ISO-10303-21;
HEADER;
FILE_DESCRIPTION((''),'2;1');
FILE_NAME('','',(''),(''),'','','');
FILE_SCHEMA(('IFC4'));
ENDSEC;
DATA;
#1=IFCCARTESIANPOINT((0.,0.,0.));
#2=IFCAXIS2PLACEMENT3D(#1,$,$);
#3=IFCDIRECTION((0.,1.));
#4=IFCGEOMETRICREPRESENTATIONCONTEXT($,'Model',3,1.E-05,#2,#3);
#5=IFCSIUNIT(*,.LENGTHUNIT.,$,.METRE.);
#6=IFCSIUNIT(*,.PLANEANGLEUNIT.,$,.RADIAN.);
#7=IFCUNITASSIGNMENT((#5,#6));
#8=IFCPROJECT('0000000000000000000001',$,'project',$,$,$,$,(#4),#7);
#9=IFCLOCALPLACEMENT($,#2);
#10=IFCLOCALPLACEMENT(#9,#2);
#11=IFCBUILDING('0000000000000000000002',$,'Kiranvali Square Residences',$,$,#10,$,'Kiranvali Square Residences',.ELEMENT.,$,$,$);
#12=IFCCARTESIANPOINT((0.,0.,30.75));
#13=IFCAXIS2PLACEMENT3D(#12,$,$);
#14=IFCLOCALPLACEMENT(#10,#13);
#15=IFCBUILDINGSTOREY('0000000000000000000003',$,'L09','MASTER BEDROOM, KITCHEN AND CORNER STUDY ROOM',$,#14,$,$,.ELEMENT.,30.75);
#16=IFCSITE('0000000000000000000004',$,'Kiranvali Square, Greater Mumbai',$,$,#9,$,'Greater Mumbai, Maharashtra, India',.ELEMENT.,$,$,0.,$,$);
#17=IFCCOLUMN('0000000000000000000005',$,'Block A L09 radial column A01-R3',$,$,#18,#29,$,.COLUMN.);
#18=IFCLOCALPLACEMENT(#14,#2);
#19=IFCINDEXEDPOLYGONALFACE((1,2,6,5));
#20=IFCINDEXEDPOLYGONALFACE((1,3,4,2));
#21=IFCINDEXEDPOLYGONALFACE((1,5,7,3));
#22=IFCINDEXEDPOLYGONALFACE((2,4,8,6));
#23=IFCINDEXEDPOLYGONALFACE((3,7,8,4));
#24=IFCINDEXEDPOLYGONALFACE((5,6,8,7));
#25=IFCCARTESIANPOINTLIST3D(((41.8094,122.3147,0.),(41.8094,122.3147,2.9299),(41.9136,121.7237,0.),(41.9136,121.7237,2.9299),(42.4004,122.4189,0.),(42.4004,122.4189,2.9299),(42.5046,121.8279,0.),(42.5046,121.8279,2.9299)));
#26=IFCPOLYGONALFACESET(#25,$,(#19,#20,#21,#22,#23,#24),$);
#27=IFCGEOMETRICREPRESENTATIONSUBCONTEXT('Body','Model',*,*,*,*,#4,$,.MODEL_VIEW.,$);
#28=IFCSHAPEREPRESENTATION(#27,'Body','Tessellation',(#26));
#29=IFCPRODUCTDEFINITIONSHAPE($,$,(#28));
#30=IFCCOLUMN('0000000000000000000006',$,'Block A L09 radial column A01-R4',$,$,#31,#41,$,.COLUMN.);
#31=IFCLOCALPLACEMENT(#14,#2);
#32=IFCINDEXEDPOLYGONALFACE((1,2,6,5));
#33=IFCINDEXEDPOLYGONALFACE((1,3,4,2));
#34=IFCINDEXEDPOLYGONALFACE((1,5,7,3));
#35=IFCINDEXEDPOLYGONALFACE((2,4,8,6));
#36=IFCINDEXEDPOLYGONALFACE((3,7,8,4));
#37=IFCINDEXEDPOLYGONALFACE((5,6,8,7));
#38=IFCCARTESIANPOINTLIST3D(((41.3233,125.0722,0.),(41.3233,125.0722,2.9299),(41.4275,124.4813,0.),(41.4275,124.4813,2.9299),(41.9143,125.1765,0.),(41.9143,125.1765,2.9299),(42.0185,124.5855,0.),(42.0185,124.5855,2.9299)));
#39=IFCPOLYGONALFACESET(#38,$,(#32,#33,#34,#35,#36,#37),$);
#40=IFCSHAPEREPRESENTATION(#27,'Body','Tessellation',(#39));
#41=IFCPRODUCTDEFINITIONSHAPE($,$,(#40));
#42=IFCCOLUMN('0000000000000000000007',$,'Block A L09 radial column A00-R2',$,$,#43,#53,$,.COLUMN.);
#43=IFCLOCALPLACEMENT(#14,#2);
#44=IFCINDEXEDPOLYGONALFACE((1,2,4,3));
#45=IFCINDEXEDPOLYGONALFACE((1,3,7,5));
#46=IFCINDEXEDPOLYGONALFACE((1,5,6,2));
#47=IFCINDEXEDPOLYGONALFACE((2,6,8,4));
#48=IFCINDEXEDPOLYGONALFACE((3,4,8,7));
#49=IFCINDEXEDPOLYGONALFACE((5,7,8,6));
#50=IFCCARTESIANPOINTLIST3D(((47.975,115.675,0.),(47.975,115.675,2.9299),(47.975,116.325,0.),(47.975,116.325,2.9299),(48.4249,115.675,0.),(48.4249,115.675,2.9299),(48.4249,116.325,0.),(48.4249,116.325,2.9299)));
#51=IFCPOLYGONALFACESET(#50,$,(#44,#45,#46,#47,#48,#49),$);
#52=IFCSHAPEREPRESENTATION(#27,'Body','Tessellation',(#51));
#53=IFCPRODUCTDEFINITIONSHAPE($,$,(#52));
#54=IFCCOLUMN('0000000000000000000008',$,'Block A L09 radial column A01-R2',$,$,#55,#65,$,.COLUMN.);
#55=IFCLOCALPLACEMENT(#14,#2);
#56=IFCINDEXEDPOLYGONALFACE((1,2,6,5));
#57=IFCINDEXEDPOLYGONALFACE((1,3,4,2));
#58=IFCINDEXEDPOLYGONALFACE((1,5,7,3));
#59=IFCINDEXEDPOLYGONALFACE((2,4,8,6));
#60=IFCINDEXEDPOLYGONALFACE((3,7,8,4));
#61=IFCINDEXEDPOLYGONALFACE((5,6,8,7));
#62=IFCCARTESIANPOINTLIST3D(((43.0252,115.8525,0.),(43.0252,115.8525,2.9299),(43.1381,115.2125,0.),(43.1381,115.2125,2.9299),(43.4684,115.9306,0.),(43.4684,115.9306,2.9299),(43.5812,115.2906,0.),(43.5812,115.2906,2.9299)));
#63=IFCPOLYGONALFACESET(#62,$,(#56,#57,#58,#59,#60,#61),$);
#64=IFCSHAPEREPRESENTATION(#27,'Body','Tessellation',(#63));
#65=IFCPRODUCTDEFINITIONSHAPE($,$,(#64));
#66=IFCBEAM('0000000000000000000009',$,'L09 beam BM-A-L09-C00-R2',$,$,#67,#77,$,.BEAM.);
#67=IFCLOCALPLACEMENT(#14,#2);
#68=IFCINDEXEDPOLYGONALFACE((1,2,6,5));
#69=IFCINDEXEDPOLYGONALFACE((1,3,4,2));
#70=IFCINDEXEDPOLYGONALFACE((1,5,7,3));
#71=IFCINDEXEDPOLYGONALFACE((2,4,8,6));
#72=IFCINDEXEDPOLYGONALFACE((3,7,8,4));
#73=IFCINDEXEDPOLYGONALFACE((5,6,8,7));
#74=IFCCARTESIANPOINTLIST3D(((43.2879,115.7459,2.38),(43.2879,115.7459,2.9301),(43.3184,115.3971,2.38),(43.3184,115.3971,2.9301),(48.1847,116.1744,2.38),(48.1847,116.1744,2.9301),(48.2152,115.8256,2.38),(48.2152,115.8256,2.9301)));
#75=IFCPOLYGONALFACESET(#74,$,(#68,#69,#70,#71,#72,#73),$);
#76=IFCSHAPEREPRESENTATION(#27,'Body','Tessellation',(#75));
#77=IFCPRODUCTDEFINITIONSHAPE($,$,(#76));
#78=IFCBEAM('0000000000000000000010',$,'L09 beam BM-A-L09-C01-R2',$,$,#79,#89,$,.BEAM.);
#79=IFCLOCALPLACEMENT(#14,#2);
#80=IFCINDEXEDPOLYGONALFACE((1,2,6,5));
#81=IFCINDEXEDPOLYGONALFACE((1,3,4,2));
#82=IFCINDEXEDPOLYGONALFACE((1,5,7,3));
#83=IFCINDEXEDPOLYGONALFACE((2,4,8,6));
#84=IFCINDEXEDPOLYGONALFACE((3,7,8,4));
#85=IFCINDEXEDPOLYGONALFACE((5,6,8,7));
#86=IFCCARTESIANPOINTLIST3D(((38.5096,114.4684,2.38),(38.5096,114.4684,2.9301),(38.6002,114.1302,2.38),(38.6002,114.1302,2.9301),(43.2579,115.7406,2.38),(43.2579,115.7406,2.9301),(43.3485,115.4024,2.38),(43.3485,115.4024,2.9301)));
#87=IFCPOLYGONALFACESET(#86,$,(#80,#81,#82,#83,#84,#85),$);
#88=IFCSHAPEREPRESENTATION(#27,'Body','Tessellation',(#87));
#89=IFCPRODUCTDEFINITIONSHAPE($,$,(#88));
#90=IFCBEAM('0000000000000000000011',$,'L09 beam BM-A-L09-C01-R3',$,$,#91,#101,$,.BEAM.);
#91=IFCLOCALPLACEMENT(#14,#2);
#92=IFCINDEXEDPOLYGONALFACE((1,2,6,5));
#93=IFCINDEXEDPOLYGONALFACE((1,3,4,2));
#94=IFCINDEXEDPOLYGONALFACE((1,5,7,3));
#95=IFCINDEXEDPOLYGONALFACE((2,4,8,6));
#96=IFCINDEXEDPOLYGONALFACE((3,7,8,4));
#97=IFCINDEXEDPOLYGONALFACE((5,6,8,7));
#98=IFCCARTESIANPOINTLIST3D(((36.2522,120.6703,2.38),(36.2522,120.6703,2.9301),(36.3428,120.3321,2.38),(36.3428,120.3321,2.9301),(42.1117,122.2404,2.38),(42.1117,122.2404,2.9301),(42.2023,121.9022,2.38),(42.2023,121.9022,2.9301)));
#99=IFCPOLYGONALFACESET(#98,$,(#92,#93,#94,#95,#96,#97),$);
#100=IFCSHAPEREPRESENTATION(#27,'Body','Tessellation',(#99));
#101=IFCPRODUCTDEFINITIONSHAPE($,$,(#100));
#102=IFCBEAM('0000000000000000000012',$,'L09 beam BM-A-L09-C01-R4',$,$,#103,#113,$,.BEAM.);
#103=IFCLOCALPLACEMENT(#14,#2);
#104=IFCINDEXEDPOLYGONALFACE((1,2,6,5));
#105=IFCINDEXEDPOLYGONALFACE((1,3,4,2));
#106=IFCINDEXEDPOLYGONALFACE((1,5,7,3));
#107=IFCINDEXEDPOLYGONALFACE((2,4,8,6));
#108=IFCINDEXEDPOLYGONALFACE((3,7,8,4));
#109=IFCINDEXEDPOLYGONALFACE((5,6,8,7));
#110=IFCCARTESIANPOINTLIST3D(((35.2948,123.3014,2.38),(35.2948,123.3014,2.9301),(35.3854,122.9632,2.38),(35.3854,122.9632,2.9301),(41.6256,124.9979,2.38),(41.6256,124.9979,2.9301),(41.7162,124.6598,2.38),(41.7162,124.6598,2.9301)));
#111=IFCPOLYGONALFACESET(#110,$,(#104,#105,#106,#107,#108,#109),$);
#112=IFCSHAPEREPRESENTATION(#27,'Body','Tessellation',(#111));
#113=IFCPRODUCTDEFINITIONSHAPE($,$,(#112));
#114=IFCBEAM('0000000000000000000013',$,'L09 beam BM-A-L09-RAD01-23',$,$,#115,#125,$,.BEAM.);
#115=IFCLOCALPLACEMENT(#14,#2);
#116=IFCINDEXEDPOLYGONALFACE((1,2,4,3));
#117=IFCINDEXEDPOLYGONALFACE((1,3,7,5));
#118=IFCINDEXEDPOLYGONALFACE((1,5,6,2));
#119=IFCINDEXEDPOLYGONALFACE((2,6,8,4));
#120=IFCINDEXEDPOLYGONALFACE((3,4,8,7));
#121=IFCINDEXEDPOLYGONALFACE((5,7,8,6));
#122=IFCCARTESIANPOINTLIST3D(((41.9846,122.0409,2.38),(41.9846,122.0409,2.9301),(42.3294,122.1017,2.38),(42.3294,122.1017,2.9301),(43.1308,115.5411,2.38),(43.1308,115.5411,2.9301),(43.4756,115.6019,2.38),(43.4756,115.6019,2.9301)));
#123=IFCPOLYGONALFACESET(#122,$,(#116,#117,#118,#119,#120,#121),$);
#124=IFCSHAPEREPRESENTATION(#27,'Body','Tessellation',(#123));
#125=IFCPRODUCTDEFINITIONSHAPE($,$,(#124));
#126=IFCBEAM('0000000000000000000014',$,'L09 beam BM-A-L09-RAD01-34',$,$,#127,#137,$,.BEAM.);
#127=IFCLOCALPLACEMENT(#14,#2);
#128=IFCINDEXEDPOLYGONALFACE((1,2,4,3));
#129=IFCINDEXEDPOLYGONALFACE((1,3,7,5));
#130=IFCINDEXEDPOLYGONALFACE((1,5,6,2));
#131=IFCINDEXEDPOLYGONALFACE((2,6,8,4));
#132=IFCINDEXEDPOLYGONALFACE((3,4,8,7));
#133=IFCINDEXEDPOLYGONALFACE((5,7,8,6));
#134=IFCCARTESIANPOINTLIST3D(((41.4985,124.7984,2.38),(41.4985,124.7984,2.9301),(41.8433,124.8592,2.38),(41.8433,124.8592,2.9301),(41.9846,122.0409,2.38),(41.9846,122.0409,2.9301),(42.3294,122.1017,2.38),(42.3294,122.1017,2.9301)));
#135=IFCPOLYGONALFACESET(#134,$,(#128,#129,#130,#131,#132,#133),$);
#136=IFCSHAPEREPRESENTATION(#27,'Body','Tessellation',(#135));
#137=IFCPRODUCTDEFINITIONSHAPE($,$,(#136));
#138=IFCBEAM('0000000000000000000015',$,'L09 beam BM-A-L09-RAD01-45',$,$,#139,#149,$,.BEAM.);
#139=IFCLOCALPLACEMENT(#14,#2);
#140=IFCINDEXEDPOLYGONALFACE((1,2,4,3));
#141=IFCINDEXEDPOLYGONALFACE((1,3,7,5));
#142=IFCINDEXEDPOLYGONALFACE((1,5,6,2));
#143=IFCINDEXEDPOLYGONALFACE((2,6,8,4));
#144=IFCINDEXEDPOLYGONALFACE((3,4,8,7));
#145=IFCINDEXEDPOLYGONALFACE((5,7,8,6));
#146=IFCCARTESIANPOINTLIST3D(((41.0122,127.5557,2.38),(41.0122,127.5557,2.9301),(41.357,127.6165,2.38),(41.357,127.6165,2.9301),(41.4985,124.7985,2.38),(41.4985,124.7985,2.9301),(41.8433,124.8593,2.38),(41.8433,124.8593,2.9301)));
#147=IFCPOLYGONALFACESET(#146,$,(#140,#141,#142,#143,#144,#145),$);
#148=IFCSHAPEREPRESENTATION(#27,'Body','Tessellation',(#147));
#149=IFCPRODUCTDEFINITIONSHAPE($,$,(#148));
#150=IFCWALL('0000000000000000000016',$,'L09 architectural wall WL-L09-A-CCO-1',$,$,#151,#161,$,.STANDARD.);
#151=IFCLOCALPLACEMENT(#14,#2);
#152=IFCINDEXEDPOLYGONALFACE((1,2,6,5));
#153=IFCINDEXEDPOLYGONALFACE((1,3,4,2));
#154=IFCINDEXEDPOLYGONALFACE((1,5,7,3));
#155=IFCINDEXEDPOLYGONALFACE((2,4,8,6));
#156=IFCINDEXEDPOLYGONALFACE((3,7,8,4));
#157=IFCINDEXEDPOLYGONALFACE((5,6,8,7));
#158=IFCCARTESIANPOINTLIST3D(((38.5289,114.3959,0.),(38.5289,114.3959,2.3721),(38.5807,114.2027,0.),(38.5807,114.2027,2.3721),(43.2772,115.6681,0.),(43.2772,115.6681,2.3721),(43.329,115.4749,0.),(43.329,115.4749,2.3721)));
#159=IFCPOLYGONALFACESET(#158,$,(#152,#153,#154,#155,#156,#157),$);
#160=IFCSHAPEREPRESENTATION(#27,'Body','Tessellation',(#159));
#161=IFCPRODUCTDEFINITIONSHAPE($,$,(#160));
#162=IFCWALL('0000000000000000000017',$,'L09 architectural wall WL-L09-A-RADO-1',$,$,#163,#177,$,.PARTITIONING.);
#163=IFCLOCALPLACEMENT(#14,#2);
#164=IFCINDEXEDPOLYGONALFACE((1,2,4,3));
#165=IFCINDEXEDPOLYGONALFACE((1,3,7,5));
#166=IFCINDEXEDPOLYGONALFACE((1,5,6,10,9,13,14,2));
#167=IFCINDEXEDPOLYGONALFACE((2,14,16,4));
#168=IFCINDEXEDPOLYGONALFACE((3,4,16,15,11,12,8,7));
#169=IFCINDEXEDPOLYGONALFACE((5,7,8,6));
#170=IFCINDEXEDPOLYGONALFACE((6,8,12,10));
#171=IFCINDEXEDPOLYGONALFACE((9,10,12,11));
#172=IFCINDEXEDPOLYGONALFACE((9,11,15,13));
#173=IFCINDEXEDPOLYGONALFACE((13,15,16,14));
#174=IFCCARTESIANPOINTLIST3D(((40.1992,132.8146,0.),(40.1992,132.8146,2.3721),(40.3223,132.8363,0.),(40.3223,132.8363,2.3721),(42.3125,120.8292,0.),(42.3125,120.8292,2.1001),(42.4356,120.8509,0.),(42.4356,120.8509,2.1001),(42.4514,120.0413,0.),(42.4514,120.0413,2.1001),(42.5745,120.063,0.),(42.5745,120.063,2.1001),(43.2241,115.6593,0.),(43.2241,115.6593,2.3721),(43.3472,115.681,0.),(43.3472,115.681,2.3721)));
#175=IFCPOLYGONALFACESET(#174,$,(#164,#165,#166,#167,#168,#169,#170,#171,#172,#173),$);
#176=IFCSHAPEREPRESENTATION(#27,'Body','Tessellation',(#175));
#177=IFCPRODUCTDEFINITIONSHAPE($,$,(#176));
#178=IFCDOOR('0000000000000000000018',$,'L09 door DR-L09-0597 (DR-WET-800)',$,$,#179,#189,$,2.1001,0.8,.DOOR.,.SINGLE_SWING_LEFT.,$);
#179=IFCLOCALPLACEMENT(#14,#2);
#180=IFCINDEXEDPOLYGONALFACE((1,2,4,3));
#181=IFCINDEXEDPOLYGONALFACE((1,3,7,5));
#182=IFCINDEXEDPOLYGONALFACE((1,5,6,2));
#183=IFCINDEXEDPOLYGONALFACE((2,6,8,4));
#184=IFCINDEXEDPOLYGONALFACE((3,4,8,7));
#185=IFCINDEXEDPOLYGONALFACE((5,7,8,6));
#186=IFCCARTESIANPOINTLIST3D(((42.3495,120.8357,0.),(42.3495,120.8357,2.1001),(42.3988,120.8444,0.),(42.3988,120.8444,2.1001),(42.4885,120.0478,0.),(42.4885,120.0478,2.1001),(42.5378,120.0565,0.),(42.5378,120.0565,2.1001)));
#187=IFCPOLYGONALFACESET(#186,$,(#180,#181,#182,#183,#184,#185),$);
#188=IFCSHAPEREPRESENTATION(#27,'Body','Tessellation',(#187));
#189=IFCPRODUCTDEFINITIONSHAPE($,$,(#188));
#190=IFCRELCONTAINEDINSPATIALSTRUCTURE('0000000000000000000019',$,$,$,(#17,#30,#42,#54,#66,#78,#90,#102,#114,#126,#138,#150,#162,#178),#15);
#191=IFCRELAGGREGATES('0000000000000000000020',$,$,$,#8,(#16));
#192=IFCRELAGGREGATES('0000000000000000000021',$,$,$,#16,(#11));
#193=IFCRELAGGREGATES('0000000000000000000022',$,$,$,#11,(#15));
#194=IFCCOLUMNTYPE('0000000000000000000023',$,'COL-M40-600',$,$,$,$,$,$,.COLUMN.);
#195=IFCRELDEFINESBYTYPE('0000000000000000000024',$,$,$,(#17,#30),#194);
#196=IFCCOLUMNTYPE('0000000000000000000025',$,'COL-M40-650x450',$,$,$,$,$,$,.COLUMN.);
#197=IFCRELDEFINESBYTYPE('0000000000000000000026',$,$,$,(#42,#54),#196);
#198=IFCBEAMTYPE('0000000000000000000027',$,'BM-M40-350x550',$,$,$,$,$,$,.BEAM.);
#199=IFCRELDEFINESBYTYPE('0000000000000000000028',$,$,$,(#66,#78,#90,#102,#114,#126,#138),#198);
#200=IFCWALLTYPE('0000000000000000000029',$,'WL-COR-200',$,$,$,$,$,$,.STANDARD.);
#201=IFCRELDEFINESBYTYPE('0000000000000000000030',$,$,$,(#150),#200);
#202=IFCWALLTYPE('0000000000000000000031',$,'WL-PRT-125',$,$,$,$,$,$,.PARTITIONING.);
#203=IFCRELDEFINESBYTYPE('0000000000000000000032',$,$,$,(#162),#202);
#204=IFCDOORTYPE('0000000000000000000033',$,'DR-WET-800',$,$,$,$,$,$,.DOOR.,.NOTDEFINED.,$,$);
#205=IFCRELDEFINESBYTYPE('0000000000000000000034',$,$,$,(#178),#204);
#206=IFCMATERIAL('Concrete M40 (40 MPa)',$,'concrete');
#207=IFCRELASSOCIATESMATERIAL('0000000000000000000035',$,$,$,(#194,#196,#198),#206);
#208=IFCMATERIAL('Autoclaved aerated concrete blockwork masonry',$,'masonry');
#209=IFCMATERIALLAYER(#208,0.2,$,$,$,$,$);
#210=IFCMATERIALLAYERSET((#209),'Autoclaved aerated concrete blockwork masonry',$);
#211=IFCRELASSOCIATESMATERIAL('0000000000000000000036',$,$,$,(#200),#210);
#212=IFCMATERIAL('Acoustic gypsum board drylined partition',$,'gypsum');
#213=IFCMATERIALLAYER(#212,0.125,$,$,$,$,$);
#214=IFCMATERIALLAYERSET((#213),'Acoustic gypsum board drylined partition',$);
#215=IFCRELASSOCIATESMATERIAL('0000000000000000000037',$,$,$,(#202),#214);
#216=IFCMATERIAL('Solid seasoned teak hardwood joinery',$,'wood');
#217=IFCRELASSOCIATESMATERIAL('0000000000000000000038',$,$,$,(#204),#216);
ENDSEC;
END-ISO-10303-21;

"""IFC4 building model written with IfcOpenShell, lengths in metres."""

from ifc_helpers import new_model, si_unit, direction, frame, frame_2d, origin, origin_2d, place, context, subcontext, project, spatial, rectangle, extrude, material, layer, layer_set, material_profile, profile_set, type_object, element, fill, save


model = new_model("IFC4")

# Units and contexts
model_context = context("Model", 3, precision=1e-05, world=origin(), true_north=direction((0.0, 1.0)))
body_context = subcontext(model_context, "Body", "Model", "MODEL_VIEW")
ifc_project = project(units=[si_unit("LENGTHUNIT", "METRE"), si_unit("PLANEANGLEUNIT", "RADIAN")], contexts=[model_context])

# Site, building, storey
site_placement = place(None, origin())
site = spatial("IfcSite", under=ifc_project, at=site_placement, Name="Kiranvali Square, Greater Mumbai", LongName="Greater Mumbai, Maharashtra, India", CompositionType="ELEMENT", RefElevation=0.0)
building_placement = place(site_placement, origin())
building = spatial("IfcBuilding", under=site, at=building_placement, Name="Kiranvali Square Residences", LongName="Kiranvali Square Residences", CompositionType="ELEMENT")
storey_placement = place(building_placement, frame((0.0, 0.0, 30.75)))
storey = spatial("IfcBuildingStorey", under=building, at=storey_placement, Name="L09", Description="MASTER BEDROOM, KITCHEN AND CORNER STUDY ROOM", CompositionType="ELEMENT", Elevation=30.75)

# Columns
ifc_material_1 = material(Name="Concrete M40 (40 MPa)", Category="concrete")
ifc_material_profile_1 = material_profile(ifc_material_1, rectangle(XDim=0.6001, YDim=0.6001, at=origin_2d()), Name="RC 600x600")
ifc_profile_set_1 = profile_set([ifc_material_profile_1], Name="Concrete M40 (40 MPa)")
column_type_1 = type_object("IfcColumnType", Name="COL-M40-600", PredefinedType="COLUMN", material=ifc_profile_set_1)
for number, where, z_axis, x_axis, name in (
    (1, (42.157, 122.0713, 0.0), (0.0, 0.0, 1.0), (0.984808, 0.173648, 0.0), "Block A L09 radial column A01-R3"),
    (2, (41.6709, 124.8289, 0.0), (0.0, 0.0, 1.0), (0.984808, 0.173648, 0.0), "Block A L09 radial column A01-R4"),
):
    element("IfcColumn", number, at=place(storey_placement, frame(where, z_axis=z_axis, x_axis=x_axis)), inside=storey, type_object=column_type_1, Name=name, PredefinedType="COLUMN", context=body_context, shape_type="SweptSolid", body=[
        extrude(rectangle(XDim=0.6001, YDim=0.6001, at=origin_2d()), origin(), (0.0, 0.0, 1.0), 2.9299),
    ])
ifc_material_profile_2 = material_profile(ifc_material_1, rectangle(XDim=0.45, YDim=0.6499, at=origin_2d()), Name="RC 650x450")
ifc_profile_set_2 = profile_set([ifc_material_profile_2], Name="Concrete M40 (40 MPa)")
column_type_2 = type_object("IfcColumnType", Name="COL-M40-650x450", PredefinedType="COLUMN", material=ifc_profile_set_2)
for number, where, z_axis, x_axis, name in (
    (3, (48.2, 116.0, 0.0), (0.0, 0.0, 1.0), (1.0, 0.0, 0.0), "Block A L09 radial column A00-R2"),
    (4, (43.3032, 115.5715, 0.0), (0.0, 0.0, 1.0), (0.984808, 0.173648, 0.0), "Block A L09 radial column A01-R2"),
):
    element("IfcColumn", number, at=place(storey_placement, frame(where, z_axis=z_axis, x_axis=x_axis)), inside=storey, type_object=column_type_2, Name=name, PredefinedType="COLUMN", context=body_context, shape_type="SweptSolid", body=[
        extrude(rectangle(XDim=0.45, YDim=0.6499, at=origin_2d()), origin(), (0.0, 0.0, 1.0), 2.9299),
    ])

# Beams
ifc_material_profile_3 = material_profile(ifc_material_1, rectangle(XDim=0.3501, YDim=0.55, at=origin_2d()), Name="RC 350x550")
ifc_profile_set_3 = profile_set([ifc_material_profile_3], Name="Concrete M40 (40 MPa)")
beam_type = type_object("IfcBeamType", Name="BM-M40-350x550", PredefinedType="BEAM", material=ifc_profile_set_3)
beam_1_placement = place(storey_placement, frame((48.2, 116.0, 2.655), z_axis=(-0.996194, -0.087168, 0.0), x_axis=(0.087168, -0.996194, 0.0)))
element("IfcBeam", 5, at=beam_1_placement, inside=storey, type_object=beam_type, Name="L09 beam BM-A-L09-C00-R2", PredefinedType="BEAM", context=body_context, shape_type="SweptSolid", body=[
    extrude(rectangle(XDim=0.3501, YDim=0.55, at=origin_2d()), origin(), (0.0, 0.0, 1.0), 4.9155),
])
beam_2_placement = place(storey_placement, frame((43.3032, 115.5715, 2.655), z_axis=(-0.96593, -0.258803, 0.0), x_axis=(0.258803, -0.96593, 0.0)))
element("IfcBeam", 6, at=beam_2_placement, inside=storey, type_object=beam_type, Name="L09 beam BM-A-L09-C01-R2", PredefinedType="BEAM", context=body_context, shape_type="SweptSolid", body=[
    extrude(rectangle(XDim=0.3501, YDim=0.55, at=origin_2d()), origin(), (0.0, 0.0, 1.0), 4.9158),
])
beam_3_placement = place(storey_placement, frame((42.157, 122.0713, 2.655), z_axis=(-0.965924, -0.258827, 0.0), x_axis=(0.258827, -0.965924, 0.0)))
element("IfcBeam", 7, at=beam_3_placement, inside=storey, type_object=beam_type, Name="L09 beam BM-A-L09-C01-R3", PredefinedType="BEAM", context=body_context, shape_type="SweptSolid", body=[
    extrude(rectangle(XDim=0.3501, YDim=0.55, at=origin_2d()), origin(), (0.0, 0.0, 1.0), 6.0662),
])
beam_4_placement = place(storey_placement, frame((41.6709, 124.8289, 2.655), z_axis=(-0.965918, -0.258847, 0.0), x_axis=(0.258847, -0.965918, 0.0)))
element("IfcBeam", 8, at=beam_4_placement, inside=storey, type_object=beam_type, Name="L09 beam BM-A-L09-C01-R4", PredefinedType="BEAM", context=body_context, shape_type="SweptSolid", body=[
    extrude(rectangle(XDim=0.3501, YDim=0.55, at=origin_2d()), origin(), (0.0, 0.0, 1.0), 6.5542),
])
beam_5_placement = place(storey_placement, frame((43.3032, 115.5715, 2.655), z_axis=(-0.173671, 0.984804, 0.0), x_axis=(-0.984804, -0.173671, 0.0)))
element("IfcBeam", 9, at=beam_5_placement, inside=storey, type_object=beam_type, Name="L09 beam BM-A-L09-RAD01-23", PredefinedType="BEAM", context=body_context, shape_type="SweptSolid", body=[
    extrude(rectangle(XDim=0.3501, YDim=0.55, at=origin_2d()), origin(), (0.0, 0.0, 1.0), 6.6001),
])
beam_6_placement = place(storey_placement, frame((42.157, 122.0713, 2.655), z_axis=(-0.173596, 0.984817, 0.0), x_axis=(-0.984817, -0.173596, 0.0)))
element("IfcBeam", 10, at=beam_6_placement, inside=storey, type_object=beam_type, Name="L09 beam BM-A-L09-RAD01-34", PredefinedType="BEAM", context=body_context, shape_type="SweptSolid", body=[
    extrude(rectangle(XDim=0.3501, YDim=0.55, at=origin_2d()), origin(), (0.0, 0.0, 1.0), 2.8),
])
beam_7_placement = place(storey_placement, frame((41.6709, 124.8289, 2.655), z_axis=(-0.173696, 0.984799, 0.0), x_axis=(-0.984799, -0.173696, 0.0)))
element("IfcBeam", 11, at=beam_7_placement, inside=storey, type_object=beam_type, Name="L09 beam BM-A-L09-RAD01-45", PredefinedType="BEAM", context=body_context, shape_type="SweptSolid", body=[
    extrude(rectangle(XDim=0.3501, YDim=0.55, at=origin_2d()), origin(), (0.0, 0.0, 1.0), 2.7998),
])

# Wall
ifc_material_2 = material(Name="Autoclaved aerated concrete blockwork masonry", Category="masonry")
ifc_layer_1 = layer(ifc_material_2, 0.2)
ifc_layer_set_1 = layer_set([ifc_layer_1], Name="Autoclaved aerated concrete blockwork masonry")
wall_type_1 = type_object("IfcWallType", Name="WL-COR-200", PredefinedType="STANDARD", material=ifc_layer_set_1)
wall_1_placement = place(storey_placement, frame((43.3032, 115.5715, 0.0), z_axis=(0.0, 0.0, 1.0), x_axis=(-0.96593, -0.258803, 0.0)))
element("IfcWall", 12, at=wall_1_placement, inside=storey, type_object=wall_type_1, Name="L09 architectural wall WL-L09-A-CCO-1", PredefinedType="STANDARD", context=body_context, shape_type="SweptSolid", body=[
    extrude(rectangle(XDim=4.9158, YDim=0.2, at=frame_2d((2.458, 0.0))), origin(), (0.0, 0.0, 1.0), 2.3721),
])

# Wall, opening, door
ifc_material_3 = material(Name="Acoustic gypsum board drylined partition", Category="gypsum")
ifc_layer_2 = layer(ifc_material_3, 0.125)
ifc_layer_set_2 = layer_set([ifc_layer_2], Name="Acoustic gypsum board drylined partition")
wall_type_2 = type_object("IfcWallType", Name="WL-PRT-125", PredefinedType="PARTITIONING", material=ifc_layer_set_2)
wall_2_placement = place(storey_placement, frame((43.2856, 115.6702, 0.0), z_axis=(0.0, 0.0, 1.0), x_axis=(-0.173646, 0.984808, 0.0)))
wall_2 = element("IfcWall", 13, at=wall_2_placement, inside=storey, type_object=wall_type_2, Name="L09 architectural wall WL-L09-A-RADO-1", PredefinedType="PARTITIONING", context=body_context, shape_type="SweptSolid", body=[
    extrude(rectangle(XDim=17.4199, YDim=0.125, at=frame_2d((8.71, 0.0))), origin(), (0.0, 0.0, 1.0), 2.3721),
])
opening_1_placement = place(wall_2_placement, frame((4.4497, 0.0, 0.0)))
opening_1 = element("IfcOpeningElement", 14, at=opening_1_placement, cuts=wall_2, PredefinedType="OPENING", context=body_context, shape_type="SweptSolid", body=[
    extrude(rectangle(XDim=0.8, YDim=2.1001, at=frame_2d((0.3999, 1.05))), frame((0.0, 0.0725, 0.0), z_axis=(0.0, -1.0, 0.0), x_axis=(1.0, 0.0, 0.0)), (0.0, 0.0, 1.0), 0.145),
])
ifc_material_4 = material(Name="Solid seasoned teak hardwood joinery", Category="wood")
door_type_1 = type_object("IfcDoorType", Name="DR-WET-800", OperationType="NOTDEFINED", PredefinedType="DOOR", material=ifc_material_4)
door_1_placement = place(opening_1_placement, origin())
door_1 = element("IfcDoor", 15, at=door_1_placement, inside=storey, type_object=door_type_1, Name="L09 door DR-L09-0597 (DR-WET-800)", OperationType="SINGLE_SWING_LEFT", OverallHeight=2.1001, OverallWidth=0.8, PredefinedType="DOOR", context=body_context, shape_type="SweptSolid", body=[
    extrude(rectangle(XDim=0.8, YDim=2.1001, at=frame_2d((0.3999, 1.05))), frame((0.0, 0.0249, 0.0), z_axis=(0.0, -1.0, 0.0), x_axis=(1.0, 0.0, 0.0)), (0.0, 0.0, 1.0), 0.05),
])
fill(opening_1, door_1)

save(model, "model.ifc")
